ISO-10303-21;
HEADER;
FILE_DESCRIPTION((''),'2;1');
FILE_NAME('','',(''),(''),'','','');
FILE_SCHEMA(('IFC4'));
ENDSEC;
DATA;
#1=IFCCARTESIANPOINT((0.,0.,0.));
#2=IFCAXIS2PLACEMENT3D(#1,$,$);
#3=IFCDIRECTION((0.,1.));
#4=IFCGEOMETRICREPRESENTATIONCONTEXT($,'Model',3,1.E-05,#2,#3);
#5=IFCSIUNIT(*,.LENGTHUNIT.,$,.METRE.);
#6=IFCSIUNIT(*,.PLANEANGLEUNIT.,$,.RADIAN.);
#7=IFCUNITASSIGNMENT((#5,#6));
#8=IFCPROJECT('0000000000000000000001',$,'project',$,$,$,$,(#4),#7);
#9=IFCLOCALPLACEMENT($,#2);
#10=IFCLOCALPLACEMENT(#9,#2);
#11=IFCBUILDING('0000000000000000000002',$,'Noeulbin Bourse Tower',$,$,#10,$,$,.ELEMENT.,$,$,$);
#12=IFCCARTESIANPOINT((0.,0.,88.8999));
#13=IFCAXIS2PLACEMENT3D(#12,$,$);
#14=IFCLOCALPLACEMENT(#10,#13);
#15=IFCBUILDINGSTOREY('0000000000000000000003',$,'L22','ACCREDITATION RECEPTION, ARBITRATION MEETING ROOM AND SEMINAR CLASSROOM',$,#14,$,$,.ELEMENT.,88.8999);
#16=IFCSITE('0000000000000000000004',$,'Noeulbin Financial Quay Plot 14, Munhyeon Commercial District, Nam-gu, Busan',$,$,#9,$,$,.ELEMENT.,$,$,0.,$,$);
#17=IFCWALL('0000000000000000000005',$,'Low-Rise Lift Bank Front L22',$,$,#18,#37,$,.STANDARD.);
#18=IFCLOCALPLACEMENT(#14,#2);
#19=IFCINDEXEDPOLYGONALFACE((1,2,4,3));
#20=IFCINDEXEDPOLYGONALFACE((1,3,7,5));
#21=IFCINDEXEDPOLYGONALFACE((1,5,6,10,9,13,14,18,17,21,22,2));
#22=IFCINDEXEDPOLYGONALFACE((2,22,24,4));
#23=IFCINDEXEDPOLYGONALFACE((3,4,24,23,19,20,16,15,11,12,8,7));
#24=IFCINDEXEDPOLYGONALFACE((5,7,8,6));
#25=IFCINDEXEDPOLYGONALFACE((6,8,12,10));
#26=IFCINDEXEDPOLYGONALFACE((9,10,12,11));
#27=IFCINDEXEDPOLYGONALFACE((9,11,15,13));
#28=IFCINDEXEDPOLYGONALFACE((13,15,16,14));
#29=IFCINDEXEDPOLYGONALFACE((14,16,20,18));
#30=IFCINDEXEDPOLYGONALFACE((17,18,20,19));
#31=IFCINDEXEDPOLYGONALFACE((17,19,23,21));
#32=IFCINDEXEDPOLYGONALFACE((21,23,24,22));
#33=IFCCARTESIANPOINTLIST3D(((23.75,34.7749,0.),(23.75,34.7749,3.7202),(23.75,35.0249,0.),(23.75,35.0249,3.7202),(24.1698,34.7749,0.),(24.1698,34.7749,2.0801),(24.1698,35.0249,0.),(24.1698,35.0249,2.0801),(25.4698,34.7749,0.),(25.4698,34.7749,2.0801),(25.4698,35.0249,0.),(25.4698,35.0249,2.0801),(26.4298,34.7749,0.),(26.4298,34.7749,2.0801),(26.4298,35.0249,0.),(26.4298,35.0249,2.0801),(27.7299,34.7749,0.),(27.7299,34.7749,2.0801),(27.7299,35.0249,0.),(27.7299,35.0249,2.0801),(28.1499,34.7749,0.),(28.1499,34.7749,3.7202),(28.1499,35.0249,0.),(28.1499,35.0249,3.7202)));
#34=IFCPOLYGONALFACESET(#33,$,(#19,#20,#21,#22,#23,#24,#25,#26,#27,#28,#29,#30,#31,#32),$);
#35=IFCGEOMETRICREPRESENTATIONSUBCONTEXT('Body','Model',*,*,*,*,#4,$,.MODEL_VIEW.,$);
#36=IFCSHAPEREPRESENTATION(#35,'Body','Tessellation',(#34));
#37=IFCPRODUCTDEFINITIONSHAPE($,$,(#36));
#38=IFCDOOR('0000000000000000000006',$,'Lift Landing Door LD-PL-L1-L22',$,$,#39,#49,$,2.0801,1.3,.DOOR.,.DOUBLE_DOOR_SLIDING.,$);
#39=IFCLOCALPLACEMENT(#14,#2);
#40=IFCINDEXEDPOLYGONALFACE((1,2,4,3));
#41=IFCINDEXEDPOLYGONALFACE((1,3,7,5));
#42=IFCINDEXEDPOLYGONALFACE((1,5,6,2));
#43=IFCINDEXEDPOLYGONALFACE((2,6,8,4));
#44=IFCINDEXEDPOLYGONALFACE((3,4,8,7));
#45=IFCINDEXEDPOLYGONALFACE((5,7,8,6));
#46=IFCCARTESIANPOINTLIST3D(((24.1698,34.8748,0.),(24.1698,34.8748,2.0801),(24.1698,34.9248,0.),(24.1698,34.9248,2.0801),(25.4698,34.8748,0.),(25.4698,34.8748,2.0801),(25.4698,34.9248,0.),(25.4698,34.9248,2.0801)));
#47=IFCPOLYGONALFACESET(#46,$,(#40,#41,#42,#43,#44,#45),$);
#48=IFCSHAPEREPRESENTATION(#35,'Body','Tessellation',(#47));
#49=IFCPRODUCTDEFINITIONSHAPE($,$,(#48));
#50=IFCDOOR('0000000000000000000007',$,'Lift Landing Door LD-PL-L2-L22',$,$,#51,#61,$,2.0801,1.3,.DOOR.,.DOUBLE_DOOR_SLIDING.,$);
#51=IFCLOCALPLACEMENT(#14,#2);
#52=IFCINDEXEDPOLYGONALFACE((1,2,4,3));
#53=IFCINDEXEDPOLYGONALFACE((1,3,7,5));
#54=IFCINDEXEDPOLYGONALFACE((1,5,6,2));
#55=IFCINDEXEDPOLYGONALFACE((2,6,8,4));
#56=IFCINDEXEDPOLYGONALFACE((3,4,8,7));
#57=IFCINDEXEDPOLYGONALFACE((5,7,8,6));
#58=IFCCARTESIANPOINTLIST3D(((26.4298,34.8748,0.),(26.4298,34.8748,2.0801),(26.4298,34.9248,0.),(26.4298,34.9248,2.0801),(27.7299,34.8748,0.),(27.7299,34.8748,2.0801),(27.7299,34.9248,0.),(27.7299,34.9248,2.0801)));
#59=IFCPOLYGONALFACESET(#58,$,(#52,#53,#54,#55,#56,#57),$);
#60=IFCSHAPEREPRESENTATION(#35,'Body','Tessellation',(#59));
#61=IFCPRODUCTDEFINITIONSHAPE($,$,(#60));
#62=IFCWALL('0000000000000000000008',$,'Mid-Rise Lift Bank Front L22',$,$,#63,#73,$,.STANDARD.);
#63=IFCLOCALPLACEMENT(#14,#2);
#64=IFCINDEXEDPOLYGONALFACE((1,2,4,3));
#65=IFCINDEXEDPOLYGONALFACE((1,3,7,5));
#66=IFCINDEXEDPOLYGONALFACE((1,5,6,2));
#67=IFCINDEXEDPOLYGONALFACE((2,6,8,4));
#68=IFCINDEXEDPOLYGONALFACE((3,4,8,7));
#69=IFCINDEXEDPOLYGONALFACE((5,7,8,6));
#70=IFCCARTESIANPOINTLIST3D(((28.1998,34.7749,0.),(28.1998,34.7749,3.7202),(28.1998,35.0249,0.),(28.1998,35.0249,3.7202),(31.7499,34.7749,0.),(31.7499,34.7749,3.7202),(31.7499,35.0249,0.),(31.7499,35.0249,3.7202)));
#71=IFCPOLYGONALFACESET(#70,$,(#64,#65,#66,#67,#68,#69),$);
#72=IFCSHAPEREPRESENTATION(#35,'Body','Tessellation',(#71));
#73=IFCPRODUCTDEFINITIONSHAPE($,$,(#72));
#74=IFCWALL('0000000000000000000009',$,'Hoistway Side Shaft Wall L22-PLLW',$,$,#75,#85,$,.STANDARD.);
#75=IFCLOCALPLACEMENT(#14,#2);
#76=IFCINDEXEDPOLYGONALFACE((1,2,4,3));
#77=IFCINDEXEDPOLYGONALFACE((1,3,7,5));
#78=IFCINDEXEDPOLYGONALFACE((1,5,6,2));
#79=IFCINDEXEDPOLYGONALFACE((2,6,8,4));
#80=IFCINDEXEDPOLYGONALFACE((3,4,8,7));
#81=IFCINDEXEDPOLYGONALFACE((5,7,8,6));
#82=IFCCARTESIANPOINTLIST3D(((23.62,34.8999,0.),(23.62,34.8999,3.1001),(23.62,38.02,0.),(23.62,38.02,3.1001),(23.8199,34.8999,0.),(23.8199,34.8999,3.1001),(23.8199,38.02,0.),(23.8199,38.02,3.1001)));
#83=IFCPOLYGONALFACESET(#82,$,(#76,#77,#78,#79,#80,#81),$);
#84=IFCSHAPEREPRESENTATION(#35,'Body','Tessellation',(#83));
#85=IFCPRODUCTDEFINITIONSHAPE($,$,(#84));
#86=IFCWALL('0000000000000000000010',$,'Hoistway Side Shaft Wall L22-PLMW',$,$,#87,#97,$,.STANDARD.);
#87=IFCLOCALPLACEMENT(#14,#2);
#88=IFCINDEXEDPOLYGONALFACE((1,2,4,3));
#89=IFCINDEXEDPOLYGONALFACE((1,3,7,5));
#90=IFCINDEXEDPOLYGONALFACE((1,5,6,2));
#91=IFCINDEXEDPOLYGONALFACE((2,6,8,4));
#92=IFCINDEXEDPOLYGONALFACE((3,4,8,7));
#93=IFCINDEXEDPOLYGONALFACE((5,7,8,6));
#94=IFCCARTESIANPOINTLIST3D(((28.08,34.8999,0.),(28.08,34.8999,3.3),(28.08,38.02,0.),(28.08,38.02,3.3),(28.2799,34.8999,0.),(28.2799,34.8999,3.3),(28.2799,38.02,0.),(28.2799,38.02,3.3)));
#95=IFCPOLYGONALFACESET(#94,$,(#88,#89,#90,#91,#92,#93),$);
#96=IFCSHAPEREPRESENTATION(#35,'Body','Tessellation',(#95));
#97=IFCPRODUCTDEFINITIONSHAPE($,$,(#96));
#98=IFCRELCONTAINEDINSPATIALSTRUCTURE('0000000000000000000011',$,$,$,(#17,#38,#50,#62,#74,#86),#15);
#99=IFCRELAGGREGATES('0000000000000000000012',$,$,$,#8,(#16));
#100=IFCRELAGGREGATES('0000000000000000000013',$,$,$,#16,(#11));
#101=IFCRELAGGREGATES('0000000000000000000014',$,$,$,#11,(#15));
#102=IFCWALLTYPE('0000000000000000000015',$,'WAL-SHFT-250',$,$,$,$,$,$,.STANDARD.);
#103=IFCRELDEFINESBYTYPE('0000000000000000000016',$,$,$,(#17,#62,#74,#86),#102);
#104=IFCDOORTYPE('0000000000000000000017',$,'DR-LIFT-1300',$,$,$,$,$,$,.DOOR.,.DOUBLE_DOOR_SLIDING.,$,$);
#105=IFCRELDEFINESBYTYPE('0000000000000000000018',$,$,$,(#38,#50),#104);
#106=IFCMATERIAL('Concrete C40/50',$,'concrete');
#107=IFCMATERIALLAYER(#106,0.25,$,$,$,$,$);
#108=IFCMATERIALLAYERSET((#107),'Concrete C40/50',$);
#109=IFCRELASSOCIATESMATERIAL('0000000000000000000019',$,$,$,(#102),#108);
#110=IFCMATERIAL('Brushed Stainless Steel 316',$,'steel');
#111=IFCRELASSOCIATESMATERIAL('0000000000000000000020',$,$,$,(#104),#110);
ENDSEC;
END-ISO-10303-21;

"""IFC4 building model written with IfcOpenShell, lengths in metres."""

from ifc_helpers import new_model, si_unit, direction, frame, frame_2d, origin, place, context, subcontext, project, spatial, rectangle, extrude, material, layer, layer_set, type_object, element, fill, save


model = new_model("IFC4")

# Units and contexts
model_context = context("Model", 3, precision=1e-05, world=origin(), true_north=direction((0.0, 1.0)))
body_context = subcontext(model_context, "Body", "Model", "MODEL_VIEW")
ifc_project = project(units=[si_unit("LENGTHUNIT", "METRE"), si_unit("PLANEANGLEUNIT", "RADIAN")], contexts=[model_context])

# Site, building, storey
site_placement = place(None, origin())
site = spatial("IfcSite", under=ifc_project, at=site_placement, Name="Noeulbin Financial Quay Plot 14, Munhyeon Commercial District, Nam-gu, Busan", CompositionType="ELEMENT", RefElevation=0.0)
building_placement = place(site_placement, origin())
building = spatial("IfcBuilding", under=site, at=building_placement, Name="Noeulbin Bourse Tower", CompositionType="ELEMENT")
storey_placement = place(building_placement, frame((0.0, 0.0, 88.8999)))
storey = spatial("IfcBuildingStorey", under=building, at=storey_placement, Name="L22", Description="ACCREDITATION RECEPTION, ARBITRATION MEETING ROOM AND SEMINAR CLASSROOM", CompositionType="ELEMENT", Elevation=88.8999)

# Shared definitions
ifc_material_1 = material(Name="Concrete C40/50", Category="concrete")
ifc_layer_1 = layer(ifc_material_1, 0.25)
ifc_layer_set_1 = layer_set([ifc_layer_1], Name="Concrete C40/50")
wall_type_1 = type_object("IfcWallType", Name="WAL-SHFT-250", PredefinedType="STANDARD", material=ifc_layer_set_1)

# Wall, openings, doors
wall_1_placement = place(storey_placement, frame((23.75, 34.8999, 0.0), z_axis=(0.0, 0.0, 1.0), x_axis=(1.0, 0.0, 0.0)))
wall_1 = element("IfcWall", 1, at=wall_1_placement, inside=storey, type_object=wall_type_1, Name="Low-Rise Lift Bank Front L22", PredefinedType="STANDARD", context=body_context, shape_type="SweptSolid", body=[
    extrude(rectangle(XDim=4.3999, YDim=0.25, at=frame_2d((2.2, 0.0))), origin(), (0.0, 0.0, 1.0), 3.7202),
])
opening_1_placement = place(wall_1_placement, frame((0.4199, 0.0, 0.0)))
opening_1 = element("IfcOpeningElement", 2, at=opening_1_placement, cuts=wall_1, PredefinedType="OPENING", context=body_context, shape_type="SweptSolid", body=[
    extrude(rectangle(XDim=1.3, YDim=2.0801, at=frame_2d((0.6499, 1.04))), frame((0.0, 0.135, 0.0), z_axis=(0.0, -1.0, 0.0), x_axis=(1.0, 0.0, 0.0)), (0.0, 0.0, 1.0), 0.27),
])
opening_2_placement = place(wall_1_placement, frame((2.6799, 0.0, 0.0)))
opening_2 = element("IfcOpeningElement", 3, at=opening_2_placement, cuts=wall_1, PredefinedType="OPENING", context=body_context, shape_type="SweptSolid", body=[
    extrude(rectangle(XDim=1.3, YDim=2.0801, at=frame_2d((0.6499, 1.04))), frame((0.0, 0.135, 0.0), z_axis=(0.0, -1.0, 0.0), x_axis=(1.0, 0.0, 0.0)), (0.0, 0.0, 1.0), 0.27),
])
ifc_material_2 = material(Name="Brushed Stainless Steel 316", Category="steel")
door_type = type_object("IfcDoorType", Name="DR-LIFT-1300", OperationType="DOUBLE_DOOR_SLIDING", PredefinedType="DOOR", material=ifc_material_2)
door_1_placement = place(opening_1_placement, origin())
door_1 = element("IfcDoor", 4, at=door_1_placement, inside=storey, type_object=door_type, Name="Lift Landing Door LD-PL-L1-L22", OperationType="DOUBLE_DOOR_SLIDING", OverallHeight=2.0801, OverallWidth=1.3, PredefinedType="DOOR", context=body_context, shape_type="SweptSolid", body=[
    extrude(rectangle(XDim=1.3, YDim=2.0801, at=frame_2d((0.6499, 1.04))), frame((0.0, 0.0249, 0.0), z_axis=(0.0, -1.0, 0.0), x_axis=(1.0, 0.0, 0.0)), (0.0, 0.0, 1.0), 0.05),
])
fill(opening_1, door_1)
door_2_placement = place(opening_2_placement, origin())
door_2 = element("IfcDoor", 5, at=door_2_placement, inside=storey, type_object=door_type, Name="Lift Landing Door LD-PL-L2-L22", OperationType="DOUBLE_DOOR_SLIDING", OverallHeight=2.0801, OverallWidth=1.3, PredefinedType="DOOR", context=body_context, shape_type="SweptSolid", body=[
    extrude(rectangle(XDim=1.3, YDim=2.0801, at=frame_2d((0.6499, 1.04))), frame((0.0, 0.0249, 0.0), z_axis=(0.0, -1.0, 0.0), x_axis=(1.0, 0.0, 0.0)), (0.0, 0.0, 1.0), 0.05),
])
fill(opening_2, door_2)

# Walls
wall_2_placement = place(storey_placement, frame((28.2, 34.8999, 0.0), z_axis=(0.0, 0.0, 1.0), x_axis=(1.0, 0.0, 0.0)))
element("IfcWall", 6, at=wall_2_placement, inside=storey, type_object=wall_type_1, Name="Mid-Rise Lift Bank Front L22", PredefinedType="STANDARD", context=body_context, shape_type="SweptSolid", body=[
    extrude(rectangle(XDim=3.55, YDim=0.25, at=frame_2d((1.7749, 0.0))), origin(), (0.0, 0.0, 1.0), 3.7202),
])
wall_3_placement = place(storey_placement, frame((23.72, 34.8999, 0.0), z_axis=(0.0, 0.0, 1.0), x_axis=(0.0, 1.0, 0.0)))
element("IfcWall", 7, at=wall_3_placement, inside=storey, type_object=wall_type_1, Name="Hoistway Side Shaft Wall L22-PLLW", PredefinedType="STANDARD", context=body_context, shape_type="SweptSolid", body=[
    extrude(rectangle(XDim=3.1201, YDim=0.2, at=frame_2d((1.5601, 0.0))), origin(), (0.0, 0.0, 1.0), 3.1001),
])
wall_4_placement = place(storey_placement, frame((28.1799, 34.8999, 0.0), z_axis=(0.0, 0.0, 1.0), x_axis=(0.0, 1.0, 0.0)))
element("IfcWall", 8, at=wall_4_placement, inside=storey, type_object=wall_type_1, Name="Hoistway Side Shaft Wall L22-PLMW", PredefinedType="STANDARD", context=body_context, shape_type="SweptSolid", body=[
    extrude(rectangle(XDim=3.1201, YDim=0.2, at=frame_2d((1.5601, 0.0))), origin(), (0.0, 0.0, 1.0), 3.3),
])

save(model, "model.ifc")
